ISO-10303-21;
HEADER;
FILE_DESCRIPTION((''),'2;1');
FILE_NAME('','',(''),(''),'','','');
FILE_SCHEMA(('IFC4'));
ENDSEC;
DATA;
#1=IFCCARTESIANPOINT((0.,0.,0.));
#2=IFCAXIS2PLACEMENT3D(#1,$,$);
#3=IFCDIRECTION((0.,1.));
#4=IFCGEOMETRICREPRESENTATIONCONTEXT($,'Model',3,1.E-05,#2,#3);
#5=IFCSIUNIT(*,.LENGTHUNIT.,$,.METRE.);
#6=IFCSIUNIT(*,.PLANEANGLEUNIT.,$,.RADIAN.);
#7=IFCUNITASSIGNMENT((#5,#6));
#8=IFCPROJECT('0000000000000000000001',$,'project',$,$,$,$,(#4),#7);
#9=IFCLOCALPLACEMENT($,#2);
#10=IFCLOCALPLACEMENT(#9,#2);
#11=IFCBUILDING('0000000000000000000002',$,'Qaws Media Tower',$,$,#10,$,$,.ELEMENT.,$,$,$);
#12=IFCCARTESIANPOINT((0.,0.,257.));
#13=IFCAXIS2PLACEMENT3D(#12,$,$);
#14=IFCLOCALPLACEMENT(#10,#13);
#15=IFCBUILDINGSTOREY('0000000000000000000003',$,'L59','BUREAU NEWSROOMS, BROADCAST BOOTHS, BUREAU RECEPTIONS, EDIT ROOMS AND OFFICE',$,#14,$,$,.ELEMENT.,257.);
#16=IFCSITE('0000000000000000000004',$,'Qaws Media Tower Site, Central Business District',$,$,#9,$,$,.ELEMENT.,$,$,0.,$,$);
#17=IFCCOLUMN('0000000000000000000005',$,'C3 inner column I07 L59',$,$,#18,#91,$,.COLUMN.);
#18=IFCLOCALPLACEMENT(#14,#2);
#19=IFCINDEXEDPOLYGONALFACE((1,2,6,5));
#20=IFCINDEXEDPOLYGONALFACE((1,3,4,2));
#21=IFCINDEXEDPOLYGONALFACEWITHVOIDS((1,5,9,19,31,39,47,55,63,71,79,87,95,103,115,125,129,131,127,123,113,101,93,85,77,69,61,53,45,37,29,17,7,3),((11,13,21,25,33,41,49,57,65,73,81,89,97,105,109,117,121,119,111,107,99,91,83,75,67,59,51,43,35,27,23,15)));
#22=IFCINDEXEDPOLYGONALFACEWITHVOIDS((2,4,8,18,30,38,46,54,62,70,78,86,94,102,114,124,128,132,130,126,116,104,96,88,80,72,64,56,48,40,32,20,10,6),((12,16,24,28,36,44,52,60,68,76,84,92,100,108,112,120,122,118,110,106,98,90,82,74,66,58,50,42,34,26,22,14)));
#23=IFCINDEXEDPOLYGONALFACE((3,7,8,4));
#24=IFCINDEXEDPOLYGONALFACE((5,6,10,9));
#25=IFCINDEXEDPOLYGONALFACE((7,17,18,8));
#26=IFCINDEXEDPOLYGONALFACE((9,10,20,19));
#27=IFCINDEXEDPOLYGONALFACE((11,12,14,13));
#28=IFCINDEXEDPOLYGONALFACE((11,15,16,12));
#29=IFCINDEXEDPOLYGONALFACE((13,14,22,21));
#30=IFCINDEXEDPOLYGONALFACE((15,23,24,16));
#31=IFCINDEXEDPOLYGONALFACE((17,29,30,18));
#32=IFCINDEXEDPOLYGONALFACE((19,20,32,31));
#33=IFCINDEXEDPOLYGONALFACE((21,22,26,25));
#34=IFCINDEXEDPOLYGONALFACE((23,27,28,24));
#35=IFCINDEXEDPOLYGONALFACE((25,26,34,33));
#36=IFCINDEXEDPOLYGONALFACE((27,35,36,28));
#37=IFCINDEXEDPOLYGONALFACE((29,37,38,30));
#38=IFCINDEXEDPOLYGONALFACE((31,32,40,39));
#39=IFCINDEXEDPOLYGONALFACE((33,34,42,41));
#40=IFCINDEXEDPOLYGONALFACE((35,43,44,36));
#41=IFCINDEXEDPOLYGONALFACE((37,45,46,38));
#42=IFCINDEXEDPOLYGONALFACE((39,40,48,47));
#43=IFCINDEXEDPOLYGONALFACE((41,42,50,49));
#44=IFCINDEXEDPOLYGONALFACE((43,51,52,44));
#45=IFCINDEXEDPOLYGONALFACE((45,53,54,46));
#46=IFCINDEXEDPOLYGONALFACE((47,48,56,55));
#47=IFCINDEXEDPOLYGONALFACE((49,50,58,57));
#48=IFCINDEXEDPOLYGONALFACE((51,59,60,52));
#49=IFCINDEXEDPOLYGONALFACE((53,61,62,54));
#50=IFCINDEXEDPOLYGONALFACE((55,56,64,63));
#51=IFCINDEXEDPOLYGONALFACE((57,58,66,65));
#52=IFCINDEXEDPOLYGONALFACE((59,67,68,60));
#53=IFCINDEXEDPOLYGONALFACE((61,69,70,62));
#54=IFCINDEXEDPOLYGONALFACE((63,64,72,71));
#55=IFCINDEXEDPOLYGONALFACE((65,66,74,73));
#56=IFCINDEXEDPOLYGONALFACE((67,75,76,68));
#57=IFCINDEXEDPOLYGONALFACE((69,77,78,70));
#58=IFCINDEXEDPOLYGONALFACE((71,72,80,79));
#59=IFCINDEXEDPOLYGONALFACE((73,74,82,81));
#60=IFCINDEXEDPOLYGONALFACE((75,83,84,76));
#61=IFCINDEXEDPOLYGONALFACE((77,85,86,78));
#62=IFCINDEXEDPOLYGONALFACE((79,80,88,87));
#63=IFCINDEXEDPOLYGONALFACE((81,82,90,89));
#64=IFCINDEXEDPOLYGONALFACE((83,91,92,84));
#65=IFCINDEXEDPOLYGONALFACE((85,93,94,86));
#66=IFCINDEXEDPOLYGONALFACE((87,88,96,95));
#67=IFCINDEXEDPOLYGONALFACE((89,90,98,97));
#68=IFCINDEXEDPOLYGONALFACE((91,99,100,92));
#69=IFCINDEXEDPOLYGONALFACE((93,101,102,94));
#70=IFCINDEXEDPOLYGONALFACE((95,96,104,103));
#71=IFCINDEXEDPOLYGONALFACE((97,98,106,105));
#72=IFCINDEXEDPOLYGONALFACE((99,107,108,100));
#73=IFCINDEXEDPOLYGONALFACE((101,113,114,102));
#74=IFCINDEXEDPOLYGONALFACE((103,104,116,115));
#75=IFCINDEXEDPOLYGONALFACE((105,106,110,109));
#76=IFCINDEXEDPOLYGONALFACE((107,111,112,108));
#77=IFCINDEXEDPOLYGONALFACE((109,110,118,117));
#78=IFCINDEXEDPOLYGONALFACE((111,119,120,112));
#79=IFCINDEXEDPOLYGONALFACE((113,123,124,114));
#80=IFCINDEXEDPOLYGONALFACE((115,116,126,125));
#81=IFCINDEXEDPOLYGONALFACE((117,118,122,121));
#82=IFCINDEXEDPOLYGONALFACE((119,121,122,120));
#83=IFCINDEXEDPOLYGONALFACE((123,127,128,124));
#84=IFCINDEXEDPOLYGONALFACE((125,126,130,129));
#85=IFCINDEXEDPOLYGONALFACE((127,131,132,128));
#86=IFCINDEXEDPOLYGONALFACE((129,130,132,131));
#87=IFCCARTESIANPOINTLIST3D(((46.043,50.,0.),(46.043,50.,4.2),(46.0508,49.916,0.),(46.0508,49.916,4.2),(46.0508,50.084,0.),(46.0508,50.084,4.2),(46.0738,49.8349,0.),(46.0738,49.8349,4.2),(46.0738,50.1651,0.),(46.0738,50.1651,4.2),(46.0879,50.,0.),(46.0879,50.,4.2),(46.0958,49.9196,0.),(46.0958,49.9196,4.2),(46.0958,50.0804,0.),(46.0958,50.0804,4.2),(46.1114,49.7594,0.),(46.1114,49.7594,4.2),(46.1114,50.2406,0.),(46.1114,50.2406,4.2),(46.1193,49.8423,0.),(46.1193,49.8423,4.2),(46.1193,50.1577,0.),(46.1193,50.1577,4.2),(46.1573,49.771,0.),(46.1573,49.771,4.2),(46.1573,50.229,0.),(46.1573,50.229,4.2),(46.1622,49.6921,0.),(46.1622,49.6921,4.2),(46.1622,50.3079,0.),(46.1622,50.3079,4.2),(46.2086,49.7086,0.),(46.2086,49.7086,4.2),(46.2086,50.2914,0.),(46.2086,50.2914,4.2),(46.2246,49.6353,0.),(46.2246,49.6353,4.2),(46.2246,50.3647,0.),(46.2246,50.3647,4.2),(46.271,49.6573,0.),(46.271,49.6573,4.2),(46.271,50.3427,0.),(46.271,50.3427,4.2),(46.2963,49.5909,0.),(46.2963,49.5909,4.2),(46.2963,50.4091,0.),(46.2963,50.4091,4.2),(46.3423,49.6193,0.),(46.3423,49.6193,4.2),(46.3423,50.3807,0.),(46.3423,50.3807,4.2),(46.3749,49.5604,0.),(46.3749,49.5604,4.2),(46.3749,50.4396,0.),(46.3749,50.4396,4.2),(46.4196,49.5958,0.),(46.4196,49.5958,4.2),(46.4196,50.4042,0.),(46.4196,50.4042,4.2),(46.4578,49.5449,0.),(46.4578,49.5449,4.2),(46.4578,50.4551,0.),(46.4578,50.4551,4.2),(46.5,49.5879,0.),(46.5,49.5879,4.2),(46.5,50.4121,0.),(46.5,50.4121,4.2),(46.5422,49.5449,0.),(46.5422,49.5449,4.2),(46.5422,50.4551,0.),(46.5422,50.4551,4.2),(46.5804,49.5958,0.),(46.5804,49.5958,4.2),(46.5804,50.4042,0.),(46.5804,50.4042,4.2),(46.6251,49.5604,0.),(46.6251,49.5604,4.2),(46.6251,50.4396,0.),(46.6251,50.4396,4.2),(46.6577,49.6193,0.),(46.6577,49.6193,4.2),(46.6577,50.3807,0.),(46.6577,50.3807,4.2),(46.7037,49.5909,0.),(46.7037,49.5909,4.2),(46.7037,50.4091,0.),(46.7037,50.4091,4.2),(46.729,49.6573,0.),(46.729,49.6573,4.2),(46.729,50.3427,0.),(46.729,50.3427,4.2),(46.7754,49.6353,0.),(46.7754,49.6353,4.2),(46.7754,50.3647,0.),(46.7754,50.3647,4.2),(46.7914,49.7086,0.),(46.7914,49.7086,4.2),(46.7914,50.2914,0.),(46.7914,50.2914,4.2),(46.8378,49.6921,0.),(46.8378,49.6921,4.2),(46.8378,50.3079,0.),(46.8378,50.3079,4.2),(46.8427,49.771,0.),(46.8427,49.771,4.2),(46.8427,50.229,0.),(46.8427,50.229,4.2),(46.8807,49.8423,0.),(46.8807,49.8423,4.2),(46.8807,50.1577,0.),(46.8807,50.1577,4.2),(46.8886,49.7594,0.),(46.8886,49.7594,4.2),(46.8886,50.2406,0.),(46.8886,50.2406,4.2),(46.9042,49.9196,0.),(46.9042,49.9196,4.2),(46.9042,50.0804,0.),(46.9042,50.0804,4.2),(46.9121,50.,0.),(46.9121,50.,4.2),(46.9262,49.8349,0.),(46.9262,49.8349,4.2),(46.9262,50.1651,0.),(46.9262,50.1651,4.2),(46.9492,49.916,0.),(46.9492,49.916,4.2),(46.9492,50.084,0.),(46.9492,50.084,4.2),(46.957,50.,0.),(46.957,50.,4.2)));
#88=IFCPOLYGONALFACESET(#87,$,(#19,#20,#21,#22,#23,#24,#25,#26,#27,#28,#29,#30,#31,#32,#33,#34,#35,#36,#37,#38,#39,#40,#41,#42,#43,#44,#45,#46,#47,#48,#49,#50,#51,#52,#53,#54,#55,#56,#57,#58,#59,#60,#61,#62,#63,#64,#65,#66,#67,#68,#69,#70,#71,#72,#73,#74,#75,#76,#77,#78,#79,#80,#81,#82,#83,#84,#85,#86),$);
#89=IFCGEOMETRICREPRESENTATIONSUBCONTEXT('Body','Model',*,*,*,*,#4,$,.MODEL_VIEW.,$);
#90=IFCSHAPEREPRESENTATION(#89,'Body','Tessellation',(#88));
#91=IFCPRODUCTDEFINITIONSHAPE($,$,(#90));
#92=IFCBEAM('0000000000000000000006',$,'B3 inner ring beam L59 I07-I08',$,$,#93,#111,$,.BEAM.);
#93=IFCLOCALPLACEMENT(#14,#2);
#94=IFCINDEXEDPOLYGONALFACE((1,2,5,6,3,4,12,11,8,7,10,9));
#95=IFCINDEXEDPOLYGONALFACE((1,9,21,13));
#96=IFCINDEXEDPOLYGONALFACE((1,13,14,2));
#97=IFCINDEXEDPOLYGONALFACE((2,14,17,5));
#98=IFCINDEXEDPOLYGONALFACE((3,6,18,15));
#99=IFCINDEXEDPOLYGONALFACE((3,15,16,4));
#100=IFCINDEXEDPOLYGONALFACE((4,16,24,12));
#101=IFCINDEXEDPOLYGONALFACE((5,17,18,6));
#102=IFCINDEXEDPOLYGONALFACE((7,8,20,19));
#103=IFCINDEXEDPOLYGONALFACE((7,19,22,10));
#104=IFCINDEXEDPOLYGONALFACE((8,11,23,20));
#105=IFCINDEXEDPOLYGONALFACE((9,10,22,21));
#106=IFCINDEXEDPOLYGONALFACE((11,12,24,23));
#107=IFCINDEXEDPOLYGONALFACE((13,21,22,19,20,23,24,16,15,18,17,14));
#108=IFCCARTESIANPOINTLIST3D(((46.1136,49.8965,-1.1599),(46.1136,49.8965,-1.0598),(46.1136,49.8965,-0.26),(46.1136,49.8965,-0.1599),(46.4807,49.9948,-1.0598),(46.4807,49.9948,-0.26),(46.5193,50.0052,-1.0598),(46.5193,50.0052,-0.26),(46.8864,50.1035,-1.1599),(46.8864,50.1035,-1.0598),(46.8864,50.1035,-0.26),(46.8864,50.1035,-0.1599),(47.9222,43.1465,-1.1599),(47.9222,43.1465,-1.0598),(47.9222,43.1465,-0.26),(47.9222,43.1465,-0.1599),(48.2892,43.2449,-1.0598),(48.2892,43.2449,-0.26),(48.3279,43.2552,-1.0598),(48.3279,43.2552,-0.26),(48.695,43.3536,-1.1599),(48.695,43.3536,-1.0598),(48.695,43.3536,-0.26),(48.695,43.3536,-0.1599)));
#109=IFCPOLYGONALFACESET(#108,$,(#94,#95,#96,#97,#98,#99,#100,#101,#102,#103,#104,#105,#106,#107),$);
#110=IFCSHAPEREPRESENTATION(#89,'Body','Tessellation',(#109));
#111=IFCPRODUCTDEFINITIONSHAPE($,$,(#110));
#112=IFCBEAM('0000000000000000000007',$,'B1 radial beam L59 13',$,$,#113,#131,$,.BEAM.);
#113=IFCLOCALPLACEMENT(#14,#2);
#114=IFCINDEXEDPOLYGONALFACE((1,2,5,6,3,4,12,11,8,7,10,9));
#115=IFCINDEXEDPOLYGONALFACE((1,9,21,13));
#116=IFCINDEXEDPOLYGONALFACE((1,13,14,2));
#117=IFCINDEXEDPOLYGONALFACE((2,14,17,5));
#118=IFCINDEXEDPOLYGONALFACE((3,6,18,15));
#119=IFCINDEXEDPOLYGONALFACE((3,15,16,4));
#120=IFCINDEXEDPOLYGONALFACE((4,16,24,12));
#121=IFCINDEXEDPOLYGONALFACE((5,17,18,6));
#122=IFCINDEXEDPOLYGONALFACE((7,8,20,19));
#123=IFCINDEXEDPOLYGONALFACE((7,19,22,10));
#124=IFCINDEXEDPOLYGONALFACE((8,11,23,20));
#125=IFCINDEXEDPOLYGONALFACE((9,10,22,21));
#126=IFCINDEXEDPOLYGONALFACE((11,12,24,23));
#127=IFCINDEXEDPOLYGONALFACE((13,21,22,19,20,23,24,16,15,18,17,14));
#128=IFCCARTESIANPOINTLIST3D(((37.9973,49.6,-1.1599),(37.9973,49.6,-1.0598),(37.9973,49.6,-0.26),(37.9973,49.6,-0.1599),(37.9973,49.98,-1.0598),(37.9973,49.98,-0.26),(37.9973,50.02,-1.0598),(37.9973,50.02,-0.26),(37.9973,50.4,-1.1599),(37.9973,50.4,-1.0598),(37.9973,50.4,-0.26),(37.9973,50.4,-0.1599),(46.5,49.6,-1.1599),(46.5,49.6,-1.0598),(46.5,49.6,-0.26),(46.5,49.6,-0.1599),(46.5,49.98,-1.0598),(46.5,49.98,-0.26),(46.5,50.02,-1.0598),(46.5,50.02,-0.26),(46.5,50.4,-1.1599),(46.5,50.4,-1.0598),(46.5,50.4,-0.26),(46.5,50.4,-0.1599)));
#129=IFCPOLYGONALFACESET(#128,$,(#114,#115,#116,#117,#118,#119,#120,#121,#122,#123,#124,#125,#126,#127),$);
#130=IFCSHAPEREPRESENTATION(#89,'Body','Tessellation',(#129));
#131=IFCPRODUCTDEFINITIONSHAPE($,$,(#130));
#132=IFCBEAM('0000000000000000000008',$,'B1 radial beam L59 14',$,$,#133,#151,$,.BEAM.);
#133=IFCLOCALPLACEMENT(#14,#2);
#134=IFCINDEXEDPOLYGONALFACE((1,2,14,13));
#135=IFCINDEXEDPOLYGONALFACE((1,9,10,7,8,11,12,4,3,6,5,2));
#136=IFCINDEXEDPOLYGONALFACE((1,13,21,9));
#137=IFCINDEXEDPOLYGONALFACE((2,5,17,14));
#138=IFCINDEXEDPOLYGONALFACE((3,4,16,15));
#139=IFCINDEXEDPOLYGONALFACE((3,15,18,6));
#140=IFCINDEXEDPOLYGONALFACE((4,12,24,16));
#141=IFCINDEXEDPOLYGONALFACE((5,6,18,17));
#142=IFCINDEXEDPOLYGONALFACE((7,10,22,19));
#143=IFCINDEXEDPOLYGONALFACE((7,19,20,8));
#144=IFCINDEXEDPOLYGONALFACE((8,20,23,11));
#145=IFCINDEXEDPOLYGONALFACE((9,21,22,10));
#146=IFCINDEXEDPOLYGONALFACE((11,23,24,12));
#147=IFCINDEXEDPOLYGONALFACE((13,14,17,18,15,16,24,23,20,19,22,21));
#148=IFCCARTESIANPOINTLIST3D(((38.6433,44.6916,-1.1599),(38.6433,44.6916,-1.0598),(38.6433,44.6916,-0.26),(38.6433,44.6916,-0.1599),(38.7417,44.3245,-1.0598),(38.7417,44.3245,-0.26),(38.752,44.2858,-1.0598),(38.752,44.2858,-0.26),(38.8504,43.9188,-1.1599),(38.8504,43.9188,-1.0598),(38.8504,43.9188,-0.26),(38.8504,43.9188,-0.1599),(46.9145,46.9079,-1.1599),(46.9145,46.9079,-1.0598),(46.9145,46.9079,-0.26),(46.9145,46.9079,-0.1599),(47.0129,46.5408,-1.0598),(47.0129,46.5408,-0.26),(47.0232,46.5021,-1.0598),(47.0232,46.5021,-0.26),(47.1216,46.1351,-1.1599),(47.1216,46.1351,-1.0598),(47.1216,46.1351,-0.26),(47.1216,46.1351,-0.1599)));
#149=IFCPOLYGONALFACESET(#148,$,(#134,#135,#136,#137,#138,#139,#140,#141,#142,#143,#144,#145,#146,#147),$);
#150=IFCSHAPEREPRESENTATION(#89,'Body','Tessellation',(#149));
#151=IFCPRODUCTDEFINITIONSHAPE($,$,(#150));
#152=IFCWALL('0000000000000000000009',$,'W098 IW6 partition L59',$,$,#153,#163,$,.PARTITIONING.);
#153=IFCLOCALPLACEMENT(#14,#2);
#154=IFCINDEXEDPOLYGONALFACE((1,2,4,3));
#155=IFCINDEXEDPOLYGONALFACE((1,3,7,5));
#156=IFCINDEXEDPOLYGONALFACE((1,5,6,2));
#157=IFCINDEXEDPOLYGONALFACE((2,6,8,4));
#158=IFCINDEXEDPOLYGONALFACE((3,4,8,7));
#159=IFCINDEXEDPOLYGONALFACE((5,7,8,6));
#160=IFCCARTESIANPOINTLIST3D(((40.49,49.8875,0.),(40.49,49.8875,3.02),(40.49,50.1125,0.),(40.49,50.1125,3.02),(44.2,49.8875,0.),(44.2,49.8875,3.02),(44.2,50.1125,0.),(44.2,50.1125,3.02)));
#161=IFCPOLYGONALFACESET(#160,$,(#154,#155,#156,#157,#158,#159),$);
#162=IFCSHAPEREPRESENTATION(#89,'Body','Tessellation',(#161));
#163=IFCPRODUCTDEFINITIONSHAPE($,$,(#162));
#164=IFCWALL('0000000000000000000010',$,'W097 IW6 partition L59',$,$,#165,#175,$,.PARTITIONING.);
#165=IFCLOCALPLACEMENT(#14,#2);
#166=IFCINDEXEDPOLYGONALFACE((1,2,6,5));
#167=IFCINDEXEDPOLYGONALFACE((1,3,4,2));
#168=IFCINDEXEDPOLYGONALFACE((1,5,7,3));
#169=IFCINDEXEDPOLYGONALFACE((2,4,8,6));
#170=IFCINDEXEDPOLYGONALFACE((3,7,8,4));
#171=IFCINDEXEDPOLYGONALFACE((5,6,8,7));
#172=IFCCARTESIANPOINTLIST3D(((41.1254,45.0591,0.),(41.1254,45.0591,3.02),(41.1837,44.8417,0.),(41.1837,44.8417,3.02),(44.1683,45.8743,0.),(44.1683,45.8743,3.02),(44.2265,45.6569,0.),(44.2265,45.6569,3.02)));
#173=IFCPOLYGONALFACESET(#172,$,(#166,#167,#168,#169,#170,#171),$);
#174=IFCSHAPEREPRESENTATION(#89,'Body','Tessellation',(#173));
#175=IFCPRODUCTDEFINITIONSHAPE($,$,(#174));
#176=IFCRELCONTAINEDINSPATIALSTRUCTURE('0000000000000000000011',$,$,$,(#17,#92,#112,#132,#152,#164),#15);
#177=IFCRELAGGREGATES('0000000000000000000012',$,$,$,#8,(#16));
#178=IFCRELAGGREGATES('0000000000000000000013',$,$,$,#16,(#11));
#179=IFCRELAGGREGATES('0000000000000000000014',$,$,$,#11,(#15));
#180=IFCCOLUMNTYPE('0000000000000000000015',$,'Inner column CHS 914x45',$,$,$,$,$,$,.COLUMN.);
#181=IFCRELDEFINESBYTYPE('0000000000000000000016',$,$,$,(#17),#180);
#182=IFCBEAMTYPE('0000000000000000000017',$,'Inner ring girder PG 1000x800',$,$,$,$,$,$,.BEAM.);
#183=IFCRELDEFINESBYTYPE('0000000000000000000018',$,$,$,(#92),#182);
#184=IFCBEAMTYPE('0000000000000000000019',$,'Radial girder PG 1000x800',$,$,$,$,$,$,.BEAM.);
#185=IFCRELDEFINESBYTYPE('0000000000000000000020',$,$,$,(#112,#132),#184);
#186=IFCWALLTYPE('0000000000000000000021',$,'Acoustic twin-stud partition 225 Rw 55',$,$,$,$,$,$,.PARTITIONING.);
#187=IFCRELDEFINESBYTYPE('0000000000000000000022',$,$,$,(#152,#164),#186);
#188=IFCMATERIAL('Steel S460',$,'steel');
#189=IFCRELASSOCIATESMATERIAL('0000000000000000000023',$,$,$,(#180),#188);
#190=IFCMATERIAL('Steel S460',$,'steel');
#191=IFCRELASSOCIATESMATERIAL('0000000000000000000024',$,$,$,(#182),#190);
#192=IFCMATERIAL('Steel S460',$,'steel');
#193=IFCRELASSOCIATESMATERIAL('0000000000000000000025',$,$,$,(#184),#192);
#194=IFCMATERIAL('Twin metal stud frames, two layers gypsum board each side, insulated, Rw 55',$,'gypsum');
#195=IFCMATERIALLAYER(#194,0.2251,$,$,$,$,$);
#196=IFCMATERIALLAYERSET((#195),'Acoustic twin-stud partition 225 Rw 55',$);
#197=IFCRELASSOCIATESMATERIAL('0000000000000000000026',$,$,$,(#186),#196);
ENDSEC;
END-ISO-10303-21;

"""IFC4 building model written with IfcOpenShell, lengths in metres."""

from ifc_helpers import new_model, si_unit, direction, frame, frame_2d, origin, origin_2d, place, context, subcontext, project, spatial, rectangle, hollow_circle, i_section, extrude, material, layer, layer_set, material_profile, profile_set, type_object, element, save


model = new_model("IFC4")

# Units and contexts
model_context = context("Model", 3, precision=1e-05, world=origin(), true_north=direction((0.0, 1.0)))
body_context = subcontext(model_context, "Body", "Model", "MODEL_VIEW")
ifc_project = project(units=[si_unit("LENGTHUNIT", "METRE"), si_unit("PLANEANGLEUNIT", "RADIAN")], contexts=[model_context])

# Site, building, storey
site_placement = place(None, origin())
site = spatial("IfcSite", under=ifc_project, at=site_placement, Name="Qaws Media Tower Site, Central Business District", CompositionType="ELEMENT", RefElevation=0.0)
building_placement = place(site_placement, origin())
building = spatial("IfcBuilding", under=site, at=building_placement, Name="Qaws Media Tower", CompositionType="ELEMENT")
storey_placement = place(building_placement, frame((0.0, 0.0, 257.0)))
storey = spatial("IfcBuildingStorey", under=building, at=storey_placement, Name="L59", Description="BUREAU NEWSROOMS, BROADCAST BOOTHS, BUREAU RECEPTIONS, EDIT ROOMS AND OFFICE", CompositionType="ELEMENT", Elevation=257.0)

# Column
ifc_material_1 = material(Name="Steel S460", Category="steel")
ifc_material_profile_1 = material_profile(ifc_material_1, hollow_circle(Radius=0.457, WallThickness=0.0449, at=origin_2d()), Name="CHS 914x45")
ifc_profile_set_1 = profile_set([ifc_material_profile_1], Name="Steel S460")
column_type = type_object("IfcColumnType", Name="Inner column CHS 914x45", PredefinedType="COLUMN", material=ifc_profile_set_1)
column_placement = place(storey_placement, frame((46.5, 50.0, 0.0), z_axis=(0.0, 0.0, 1.0), x_axis=(1.0, 0.0, 0.0)))
element("IfcColumn", 1, at=column_placement, inside=storey, type_object=column_type, Name="C3 inner column I07 L59", PredefinedType="COLUMN", context=body_context, shape_type="SweptSolid", body=[
    extrude(hollow_circle(Radius=0.457, WallThickness=0.0449, at=origin_2d()), origin(), (0.0, 0.0, 1.0), 4.2),
])

# Beams
ifc_material_2 = material(Name="Steel S460", Category="steel")
ifc_material_profile_2 = material_profile(ifc_material_2, i_section(OverallWidth=0.8, OverallDepth=1.0, WebThickness=0.04, FlangeThickness=0.1001, at=origin_2d()), Name="PG 1000x800")
ifc_profile_set_2 = profile_set([ifc_material_profile_2], Name="Steel S460")
beam_type_1 = type_object("IfcBeamType", Name="Inner ring girder PG 1000x800", PredefinedType="BEAM", material=ifc_profile_set_2)
beam_1_placement = place(storey_placement, frame((46.5, 50.0, -0.6599), z_axis=(0.258811, -0.965928, 0.0), x_axis=(0.965928, 0.258811, 0.0)))
element("IfcBeam", 2, at=beam_1_placement, inside=storey, type_object=beam_type_1, Name="B3 inner ring beam L59 I07-I08", PredefinedType="BEAM", context=body_context, shape_type="SweptSolid", body=[
    extrude(i_section(OverallWidth=0.8, OverallDepth=1.0, WebThickness=0.04, FlangeThickness=0.1001, at=origin_2d()), origin(), (0.0, 0.0, 1.0), 6.988),
])
ifc_material_3 = material(Name="Steel S460", Category="steel")
ifc_material_profile_3 = material_profile(ifc_material_3, i_section(OverallWidth=0.8, OverallDepth=1.0, WebThickness=0.04, FlangeThickness=0.1001, at=origin_2d()), Name="PG 1000x800")
ifc_profile_set_3 = profile_set([ifc_material_profile_3], Name="Steel S460")
beam_type_2 = type_object("IfcBeamType", Name="Radial girder PG 1000x800", PredefinedType="BEAM", material=ifc_profile_set_3)
beam_2_placement = place(storey_placement, frame((46.5, 50.0, -0.6599), z_axis=(-1.0, 0.0, 0.0), x_axis=(0.0, -1.0, 0.0)))
element("IfcBeam", 3, at=beam_2_placement, inside=storey, type_object=beam_type_2, Name="B1 radial beam L59 13", PredefinedType="BEAM", context=body_context, shape_type="SweptSolid", body=[
    extrude(i_section(OverallWidth=0.8, OverallDepth=1.0, WebThickness=0.04, FlangeThickness=0.1001, at=origin_2d()), origin(), (0.0, 0.0, 1.0), 8.5027),
])
beam_3_placement = place(storey_placement, frame((47.0181, 46.5215, -0.6599), z_axis=(-0.965925, -0.258823, 0.0), x_axis=(0.258823, -0.965925, 0.0)))
element("IfcBeam", 4, at=beam_3_placement, inside=storey, type_object=beam_type_2, Name="B1 radial beam L59 14", PredefinedType="BEAM", context=body_context, shape_type="SweptSolid", body=[
    extrude(i_section(OverallWidth=0.8, OverallDepth=1.0, WebThickness=0.04, FlangeThickness=0.1001, at=origin_2d()), origin(), (0.0, 0.0, 1.0), 8.563),
])

# Walls
ifc_material_4 = material(Name="Twin metal stud frames, two layers gypsum board each side, insulated, Rw 55", Category="gypsum")
ifc_layer_1 = layer(ifc_material_4, 0.2251)
ifc_layer_set_1 = layer_set([ifc_layer_1], Name="Acoustic twin-stud partition 225 Rw 55")
wall_type_1 = type_object("IfcWallType", Name="Acoustic twin-stud partition 225 Rw 55", PredefinedType="PARTITIONING", material=ifc_layer_set_1)
wall_1_placement = place(storey_placement, frame((44.2, 50.0, 0.0), z_axis=(0.0, 0.0, 1.0), x_axis=(-1.0, 0.0, 0.0)))
element("IfcWall", 5, at=wall_1_placement, inside=storey, type_object=wall_type_1, Name="W098 IW6 partition L59", PredefinedType="PARTITIONING", context=body_context, shape_type="SweptSolid", body=[
    extrude(rectangle(XDim=3.71, YDim=0.2251, at=frame_2d((1.855, 0.0))), origin(), (0.0, 0.0, 1.0), 3.02),
])
wall_2_placement = place(storey_placement, frame((44.1975, 45.7656, 0.0), z_axis=(0.0, 0.0, 1.0), x_axis=(-0.965935, -0.258786, 0.0)))
element("IfcWall", 6, at=wall_2_placement, inside=storey, type_object=wall_type_1, Name="W097 IW6 partition L59", PredefinedType="PARTITIONING", context=body_context, shape_type="SweptSolid", body=[
    extrude(rectangle(XDim=3.1501, YDim=0.2251, at=frame_2d((1.5752, 0.0))), origin(), (0.0, 0.0, 1.0), 3.02),
])

save(model, "model.ifc")
